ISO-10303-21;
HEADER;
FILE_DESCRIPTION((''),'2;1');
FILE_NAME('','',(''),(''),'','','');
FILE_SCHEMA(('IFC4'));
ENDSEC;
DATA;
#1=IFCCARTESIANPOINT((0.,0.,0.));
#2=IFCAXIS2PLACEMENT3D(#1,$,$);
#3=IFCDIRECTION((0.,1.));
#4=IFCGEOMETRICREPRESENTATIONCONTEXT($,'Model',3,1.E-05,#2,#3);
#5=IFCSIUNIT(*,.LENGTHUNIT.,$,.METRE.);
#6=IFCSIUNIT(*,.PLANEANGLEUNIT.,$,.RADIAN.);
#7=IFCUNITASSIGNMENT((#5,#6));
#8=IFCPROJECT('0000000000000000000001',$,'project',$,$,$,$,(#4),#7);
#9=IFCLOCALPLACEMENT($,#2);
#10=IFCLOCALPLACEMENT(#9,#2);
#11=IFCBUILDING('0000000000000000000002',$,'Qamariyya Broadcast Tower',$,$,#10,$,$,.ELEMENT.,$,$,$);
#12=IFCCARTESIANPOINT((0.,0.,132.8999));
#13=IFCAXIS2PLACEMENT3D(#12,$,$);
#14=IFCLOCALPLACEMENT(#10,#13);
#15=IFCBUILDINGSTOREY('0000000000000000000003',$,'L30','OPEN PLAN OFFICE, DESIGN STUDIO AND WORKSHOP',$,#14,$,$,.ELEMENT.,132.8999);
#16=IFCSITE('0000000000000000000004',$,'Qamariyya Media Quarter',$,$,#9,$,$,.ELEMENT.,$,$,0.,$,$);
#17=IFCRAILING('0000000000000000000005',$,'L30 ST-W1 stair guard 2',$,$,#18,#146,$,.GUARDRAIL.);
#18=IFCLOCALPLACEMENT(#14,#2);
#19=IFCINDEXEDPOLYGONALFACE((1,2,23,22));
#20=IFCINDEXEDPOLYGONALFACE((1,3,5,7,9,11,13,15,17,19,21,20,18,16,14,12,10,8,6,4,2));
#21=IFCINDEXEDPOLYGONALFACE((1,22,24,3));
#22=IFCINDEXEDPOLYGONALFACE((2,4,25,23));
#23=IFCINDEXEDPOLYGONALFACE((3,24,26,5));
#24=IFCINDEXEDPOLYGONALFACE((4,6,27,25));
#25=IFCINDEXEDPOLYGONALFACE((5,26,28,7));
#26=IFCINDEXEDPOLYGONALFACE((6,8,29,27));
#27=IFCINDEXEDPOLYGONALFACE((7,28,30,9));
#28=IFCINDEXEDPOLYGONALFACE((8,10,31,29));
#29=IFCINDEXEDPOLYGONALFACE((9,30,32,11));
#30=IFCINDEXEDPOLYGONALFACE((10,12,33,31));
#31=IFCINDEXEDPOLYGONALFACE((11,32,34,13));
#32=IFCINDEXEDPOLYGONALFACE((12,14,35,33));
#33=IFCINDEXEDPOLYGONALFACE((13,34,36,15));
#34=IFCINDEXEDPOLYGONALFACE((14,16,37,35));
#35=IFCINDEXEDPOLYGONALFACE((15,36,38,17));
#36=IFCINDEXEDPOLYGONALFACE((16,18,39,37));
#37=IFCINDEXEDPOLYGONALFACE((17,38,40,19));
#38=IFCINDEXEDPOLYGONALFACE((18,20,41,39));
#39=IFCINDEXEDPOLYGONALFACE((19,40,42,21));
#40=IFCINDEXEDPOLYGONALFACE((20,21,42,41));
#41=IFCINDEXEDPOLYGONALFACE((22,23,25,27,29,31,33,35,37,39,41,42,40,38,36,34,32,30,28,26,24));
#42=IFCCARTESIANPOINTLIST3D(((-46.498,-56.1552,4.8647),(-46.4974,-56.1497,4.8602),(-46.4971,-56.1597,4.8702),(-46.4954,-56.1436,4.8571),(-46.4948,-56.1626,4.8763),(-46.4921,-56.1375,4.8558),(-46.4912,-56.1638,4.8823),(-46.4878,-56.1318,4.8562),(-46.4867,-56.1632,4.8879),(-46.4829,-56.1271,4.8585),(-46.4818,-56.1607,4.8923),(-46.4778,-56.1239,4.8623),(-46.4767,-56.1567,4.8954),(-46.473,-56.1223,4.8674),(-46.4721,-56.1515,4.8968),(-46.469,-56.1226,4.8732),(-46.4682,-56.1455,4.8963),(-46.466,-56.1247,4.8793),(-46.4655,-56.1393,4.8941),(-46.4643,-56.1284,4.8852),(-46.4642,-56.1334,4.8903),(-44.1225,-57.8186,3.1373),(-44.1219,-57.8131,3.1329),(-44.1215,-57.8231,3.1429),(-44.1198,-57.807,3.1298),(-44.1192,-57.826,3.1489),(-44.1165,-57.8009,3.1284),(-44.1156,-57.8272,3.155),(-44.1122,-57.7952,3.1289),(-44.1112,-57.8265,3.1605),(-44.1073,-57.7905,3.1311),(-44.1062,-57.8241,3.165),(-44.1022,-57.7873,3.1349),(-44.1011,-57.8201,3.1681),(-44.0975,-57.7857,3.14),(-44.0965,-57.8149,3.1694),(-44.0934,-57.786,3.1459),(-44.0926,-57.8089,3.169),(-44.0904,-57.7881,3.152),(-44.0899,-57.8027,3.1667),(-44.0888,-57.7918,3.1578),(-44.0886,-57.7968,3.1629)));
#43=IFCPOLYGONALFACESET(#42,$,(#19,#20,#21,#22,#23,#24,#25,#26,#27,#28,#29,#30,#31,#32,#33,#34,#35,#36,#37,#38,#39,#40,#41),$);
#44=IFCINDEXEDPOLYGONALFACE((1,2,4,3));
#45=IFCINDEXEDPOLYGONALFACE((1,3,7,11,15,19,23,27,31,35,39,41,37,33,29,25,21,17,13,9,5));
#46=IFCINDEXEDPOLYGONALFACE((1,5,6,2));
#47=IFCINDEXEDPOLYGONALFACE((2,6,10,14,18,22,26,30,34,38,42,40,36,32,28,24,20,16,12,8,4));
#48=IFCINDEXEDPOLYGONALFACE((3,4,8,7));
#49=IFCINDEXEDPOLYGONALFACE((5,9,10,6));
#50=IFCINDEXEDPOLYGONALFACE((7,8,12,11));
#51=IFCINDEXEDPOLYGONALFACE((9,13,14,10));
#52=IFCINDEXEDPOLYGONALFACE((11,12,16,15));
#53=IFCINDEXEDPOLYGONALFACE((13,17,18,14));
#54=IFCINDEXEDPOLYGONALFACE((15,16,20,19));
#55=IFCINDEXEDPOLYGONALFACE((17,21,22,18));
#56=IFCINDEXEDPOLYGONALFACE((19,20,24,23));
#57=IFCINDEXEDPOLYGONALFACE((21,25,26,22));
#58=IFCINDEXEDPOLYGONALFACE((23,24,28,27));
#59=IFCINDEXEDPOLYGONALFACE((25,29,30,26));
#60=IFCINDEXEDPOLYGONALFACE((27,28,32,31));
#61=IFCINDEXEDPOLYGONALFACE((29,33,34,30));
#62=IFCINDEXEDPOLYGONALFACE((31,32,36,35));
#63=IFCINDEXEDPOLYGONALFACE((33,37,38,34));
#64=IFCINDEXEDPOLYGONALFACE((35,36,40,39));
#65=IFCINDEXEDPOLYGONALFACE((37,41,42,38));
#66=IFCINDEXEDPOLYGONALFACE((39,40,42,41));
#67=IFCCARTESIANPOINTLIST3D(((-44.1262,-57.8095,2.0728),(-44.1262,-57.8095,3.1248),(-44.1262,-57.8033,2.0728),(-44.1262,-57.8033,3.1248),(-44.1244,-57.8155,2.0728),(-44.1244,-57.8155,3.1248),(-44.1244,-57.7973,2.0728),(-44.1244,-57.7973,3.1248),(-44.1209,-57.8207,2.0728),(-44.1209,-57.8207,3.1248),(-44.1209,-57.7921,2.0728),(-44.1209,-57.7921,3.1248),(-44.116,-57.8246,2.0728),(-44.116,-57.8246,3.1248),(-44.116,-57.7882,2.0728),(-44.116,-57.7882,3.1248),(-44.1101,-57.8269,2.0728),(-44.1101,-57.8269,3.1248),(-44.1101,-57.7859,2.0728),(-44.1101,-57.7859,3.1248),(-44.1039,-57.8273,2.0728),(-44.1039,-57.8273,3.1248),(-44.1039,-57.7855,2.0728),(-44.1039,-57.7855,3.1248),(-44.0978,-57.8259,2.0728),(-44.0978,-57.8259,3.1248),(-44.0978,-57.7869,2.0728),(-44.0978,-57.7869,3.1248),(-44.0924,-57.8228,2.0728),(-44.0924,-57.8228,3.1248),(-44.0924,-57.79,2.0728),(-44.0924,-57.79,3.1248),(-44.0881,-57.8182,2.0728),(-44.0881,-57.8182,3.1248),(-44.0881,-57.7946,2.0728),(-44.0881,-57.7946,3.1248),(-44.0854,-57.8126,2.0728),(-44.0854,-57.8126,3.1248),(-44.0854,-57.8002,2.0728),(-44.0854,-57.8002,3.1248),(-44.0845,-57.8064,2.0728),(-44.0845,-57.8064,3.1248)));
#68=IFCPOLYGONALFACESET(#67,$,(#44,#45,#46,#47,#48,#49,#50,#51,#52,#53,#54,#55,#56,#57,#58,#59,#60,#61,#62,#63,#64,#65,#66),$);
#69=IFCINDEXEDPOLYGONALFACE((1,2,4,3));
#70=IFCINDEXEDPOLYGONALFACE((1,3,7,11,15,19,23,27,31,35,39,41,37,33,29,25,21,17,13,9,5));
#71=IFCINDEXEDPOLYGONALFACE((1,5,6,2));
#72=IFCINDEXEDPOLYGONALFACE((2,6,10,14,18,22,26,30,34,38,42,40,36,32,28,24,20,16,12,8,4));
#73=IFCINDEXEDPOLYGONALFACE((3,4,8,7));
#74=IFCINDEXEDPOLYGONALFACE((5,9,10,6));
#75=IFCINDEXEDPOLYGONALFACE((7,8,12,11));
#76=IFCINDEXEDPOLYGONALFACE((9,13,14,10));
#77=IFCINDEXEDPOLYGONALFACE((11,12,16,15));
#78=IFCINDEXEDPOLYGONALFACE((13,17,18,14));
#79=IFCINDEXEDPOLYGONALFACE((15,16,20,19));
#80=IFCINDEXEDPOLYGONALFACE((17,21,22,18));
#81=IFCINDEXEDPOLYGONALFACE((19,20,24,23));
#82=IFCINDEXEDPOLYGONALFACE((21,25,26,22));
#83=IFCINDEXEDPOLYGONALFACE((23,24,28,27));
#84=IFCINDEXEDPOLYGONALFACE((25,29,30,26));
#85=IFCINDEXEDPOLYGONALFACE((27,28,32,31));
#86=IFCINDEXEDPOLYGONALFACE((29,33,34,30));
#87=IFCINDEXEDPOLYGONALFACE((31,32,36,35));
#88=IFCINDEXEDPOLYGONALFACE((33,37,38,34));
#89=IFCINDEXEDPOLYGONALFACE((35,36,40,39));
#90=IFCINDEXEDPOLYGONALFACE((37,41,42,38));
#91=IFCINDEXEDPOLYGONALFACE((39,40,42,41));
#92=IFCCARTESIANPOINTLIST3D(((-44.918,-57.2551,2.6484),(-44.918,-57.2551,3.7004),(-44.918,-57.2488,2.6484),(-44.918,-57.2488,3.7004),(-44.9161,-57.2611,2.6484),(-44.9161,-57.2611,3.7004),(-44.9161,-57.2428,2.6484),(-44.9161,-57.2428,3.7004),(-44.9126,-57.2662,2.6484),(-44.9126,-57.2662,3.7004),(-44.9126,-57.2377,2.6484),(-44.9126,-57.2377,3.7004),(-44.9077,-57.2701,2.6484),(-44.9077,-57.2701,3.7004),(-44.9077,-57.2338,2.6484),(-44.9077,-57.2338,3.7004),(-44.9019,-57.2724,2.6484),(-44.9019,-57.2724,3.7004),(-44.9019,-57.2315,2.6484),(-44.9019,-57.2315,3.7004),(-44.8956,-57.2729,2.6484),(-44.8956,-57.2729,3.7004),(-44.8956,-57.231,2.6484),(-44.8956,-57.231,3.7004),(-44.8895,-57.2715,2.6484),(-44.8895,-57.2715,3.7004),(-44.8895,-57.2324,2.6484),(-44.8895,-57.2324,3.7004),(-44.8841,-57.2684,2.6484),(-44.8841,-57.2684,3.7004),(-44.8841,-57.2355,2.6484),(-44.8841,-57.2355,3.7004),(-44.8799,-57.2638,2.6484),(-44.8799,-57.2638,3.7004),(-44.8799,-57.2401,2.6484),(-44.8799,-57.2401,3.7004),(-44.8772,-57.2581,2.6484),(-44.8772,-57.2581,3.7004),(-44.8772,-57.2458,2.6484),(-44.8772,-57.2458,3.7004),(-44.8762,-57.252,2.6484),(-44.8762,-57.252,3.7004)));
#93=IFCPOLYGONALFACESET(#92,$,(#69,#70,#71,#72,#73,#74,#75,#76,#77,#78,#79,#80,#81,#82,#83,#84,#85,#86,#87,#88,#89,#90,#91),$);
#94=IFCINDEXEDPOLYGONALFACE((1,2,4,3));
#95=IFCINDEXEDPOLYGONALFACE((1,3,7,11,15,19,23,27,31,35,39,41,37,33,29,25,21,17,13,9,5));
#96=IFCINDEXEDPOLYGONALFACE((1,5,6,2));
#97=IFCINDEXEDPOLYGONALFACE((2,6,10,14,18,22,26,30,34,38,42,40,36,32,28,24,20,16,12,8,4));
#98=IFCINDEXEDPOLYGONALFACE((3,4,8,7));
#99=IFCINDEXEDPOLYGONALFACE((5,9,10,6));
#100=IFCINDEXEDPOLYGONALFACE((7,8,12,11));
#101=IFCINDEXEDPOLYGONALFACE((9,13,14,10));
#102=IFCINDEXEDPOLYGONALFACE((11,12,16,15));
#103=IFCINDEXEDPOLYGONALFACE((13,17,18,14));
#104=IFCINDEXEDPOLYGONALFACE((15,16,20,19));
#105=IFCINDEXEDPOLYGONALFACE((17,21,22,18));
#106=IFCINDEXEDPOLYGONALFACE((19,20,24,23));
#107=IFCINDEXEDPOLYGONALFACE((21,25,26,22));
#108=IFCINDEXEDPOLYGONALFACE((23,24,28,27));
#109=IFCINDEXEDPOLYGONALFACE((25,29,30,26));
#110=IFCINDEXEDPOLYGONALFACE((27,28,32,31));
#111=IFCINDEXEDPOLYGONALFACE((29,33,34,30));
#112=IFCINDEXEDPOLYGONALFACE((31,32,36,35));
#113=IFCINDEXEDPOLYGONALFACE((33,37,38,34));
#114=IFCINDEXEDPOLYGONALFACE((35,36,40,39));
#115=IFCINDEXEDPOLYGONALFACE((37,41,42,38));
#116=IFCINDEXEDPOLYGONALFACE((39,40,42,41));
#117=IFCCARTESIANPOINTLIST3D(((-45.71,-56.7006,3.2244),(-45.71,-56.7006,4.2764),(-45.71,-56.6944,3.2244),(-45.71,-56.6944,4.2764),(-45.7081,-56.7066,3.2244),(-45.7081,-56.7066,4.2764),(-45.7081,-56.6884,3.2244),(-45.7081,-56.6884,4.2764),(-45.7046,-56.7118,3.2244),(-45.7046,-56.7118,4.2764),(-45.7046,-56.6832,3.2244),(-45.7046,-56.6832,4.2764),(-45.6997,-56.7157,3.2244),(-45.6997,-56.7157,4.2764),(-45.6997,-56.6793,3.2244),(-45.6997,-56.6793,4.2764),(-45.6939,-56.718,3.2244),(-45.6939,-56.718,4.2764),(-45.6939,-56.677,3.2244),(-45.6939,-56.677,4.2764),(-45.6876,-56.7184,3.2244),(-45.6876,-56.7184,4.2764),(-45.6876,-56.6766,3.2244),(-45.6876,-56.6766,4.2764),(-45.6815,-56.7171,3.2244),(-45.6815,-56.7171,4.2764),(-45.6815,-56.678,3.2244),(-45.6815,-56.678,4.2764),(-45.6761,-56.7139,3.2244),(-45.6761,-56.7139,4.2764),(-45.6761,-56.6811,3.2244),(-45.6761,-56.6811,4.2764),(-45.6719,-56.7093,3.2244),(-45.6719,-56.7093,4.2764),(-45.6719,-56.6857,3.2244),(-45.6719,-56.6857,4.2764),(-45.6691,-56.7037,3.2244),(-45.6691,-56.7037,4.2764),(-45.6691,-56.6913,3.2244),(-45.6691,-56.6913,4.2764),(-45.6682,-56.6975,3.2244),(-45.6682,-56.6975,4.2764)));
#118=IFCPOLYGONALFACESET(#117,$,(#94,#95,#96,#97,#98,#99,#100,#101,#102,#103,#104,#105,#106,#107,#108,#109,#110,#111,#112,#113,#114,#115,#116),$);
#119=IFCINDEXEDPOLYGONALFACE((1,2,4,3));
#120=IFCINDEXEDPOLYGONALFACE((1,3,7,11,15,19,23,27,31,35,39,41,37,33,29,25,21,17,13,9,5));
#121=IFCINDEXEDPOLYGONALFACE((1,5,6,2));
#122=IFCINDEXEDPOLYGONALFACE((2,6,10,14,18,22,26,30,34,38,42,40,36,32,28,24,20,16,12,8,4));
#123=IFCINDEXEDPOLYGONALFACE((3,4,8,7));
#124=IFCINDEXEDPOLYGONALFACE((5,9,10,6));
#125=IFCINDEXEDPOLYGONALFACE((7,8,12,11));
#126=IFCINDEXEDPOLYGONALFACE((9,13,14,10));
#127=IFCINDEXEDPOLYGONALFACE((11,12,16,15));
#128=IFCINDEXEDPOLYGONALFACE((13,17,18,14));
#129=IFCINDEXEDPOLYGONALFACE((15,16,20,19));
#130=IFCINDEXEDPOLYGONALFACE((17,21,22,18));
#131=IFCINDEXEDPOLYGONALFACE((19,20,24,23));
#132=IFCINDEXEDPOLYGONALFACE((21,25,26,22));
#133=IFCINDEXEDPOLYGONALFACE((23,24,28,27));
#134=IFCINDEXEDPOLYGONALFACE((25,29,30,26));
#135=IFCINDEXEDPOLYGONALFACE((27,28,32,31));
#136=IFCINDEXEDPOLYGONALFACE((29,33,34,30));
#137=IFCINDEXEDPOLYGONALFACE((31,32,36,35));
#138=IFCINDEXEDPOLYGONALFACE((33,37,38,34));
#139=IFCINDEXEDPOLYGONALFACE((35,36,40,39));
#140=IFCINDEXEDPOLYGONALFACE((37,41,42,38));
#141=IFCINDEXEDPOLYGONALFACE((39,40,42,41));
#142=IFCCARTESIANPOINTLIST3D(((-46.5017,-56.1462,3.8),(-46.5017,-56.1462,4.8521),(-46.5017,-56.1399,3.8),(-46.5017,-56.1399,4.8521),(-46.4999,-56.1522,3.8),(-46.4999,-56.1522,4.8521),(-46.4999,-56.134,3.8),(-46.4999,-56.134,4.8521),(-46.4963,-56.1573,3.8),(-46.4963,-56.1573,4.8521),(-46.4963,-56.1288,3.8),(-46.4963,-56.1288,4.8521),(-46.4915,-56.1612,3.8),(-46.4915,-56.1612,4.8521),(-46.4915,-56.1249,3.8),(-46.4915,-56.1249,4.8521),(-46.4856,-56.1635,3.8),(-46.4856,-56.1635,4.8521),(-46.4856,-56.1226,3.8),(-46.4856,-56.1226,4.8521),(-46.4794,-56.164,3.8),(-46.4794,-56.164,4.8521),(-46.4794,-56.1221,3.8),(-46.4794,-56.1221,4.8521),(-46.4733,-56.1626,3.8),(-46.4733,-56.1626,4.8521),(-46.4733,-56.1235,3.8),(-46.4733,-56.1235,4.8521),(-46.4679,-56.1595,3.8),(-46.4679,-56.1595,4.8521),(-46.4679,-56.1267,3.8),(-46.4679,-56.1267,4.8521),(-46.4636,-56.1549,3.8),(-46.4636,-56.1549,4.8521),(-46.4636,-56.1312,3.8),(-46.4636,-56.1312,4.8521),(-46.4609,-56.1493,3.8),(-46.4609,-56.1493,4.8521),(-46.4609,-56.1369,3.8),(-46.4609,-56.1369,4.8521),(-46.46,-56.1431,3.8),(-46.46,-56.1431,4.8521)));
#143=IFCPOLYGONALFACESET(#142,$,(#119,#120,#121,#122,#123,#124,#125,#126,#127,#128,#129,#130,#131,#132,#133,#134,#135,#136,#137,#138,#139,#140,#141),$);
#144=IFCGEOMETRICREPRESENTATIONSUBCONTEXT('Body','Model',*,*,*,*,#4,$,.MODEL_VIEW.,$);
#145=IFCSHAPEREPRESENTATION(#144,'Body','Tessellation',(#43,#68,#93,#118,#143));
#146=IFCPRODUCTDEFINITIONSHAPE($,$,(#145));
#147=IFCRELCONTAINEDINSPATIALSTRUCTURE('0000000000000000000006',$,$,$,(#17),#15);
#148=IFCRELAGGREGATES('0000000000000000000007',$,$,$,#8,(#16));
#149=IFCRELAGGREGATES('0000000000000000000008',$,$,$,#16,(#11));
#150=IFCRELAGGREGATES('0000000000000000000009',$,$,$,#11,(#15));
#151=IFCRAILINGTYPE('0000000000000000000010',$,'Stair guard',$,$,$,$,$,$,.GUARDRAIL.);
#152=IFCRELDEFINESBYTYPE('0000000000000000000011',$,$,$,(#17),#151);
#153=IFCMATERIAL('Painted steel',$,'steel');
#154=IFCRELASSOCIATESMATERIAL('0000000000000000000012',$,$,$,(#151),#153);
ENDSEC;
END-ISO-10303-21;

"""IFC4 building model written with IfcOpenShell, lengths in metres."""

from ifc_helpers import new_model, si_unit, direction, frame, origin, origin_2d, place, context, subcontext, project, spatial, circle, extrude, material, type_object, element, save


model = new_model("IFC4")

# Units and contexts
model_context = context("Model", 3, precision=1e-05, world=origin(), true_north=direction((0.0, 1.0)))
body_context = subcontext(model_context, "Body", "Model", "MODEL_VIEW")
ifc_project = project(units=[si_unit("LENGTHUNIT", "METRE"), si_unit("PLANEANGLEUNIT", "RADIAN")], contexts=[model_context])

# Site, building, storey
site_placement = place(None, origin())
site = spatial("IfcSite", under=ifc_project, at=site_placement, Name="Qamariyya Media Quarter", CompositionType="ELEMENT", RefElevation=0.0)
building_placement = place(site_placement, origin())
building = spatial("IfcBuilding", under=site, at=building_placement, Name="Qamariyya Broadcast Tower", CompositionType="ELEMENT")
storey_placement = place(building_placement, frame((0.0, 0.0, 132.8999)))
storey = spatial("IfcBuildingStorey", under=building, at=storey_placement, Name="L30", Description="OPEN PLAN OFFICE, DESIGN STUDIO AND WORKSHOP", CompositionType="ELEMENT", Elevation=132.8999)

# Railing
ifc_material_1 = material(Name="Painted steel", Category="steel")
railing_type_1 = type_object("IfcRailingType", Name="Stair guard", PredefinedType="GUARDRAIL", material=ifc_material_1)
railing_1_placement = place(storey_placement, frame((-44.1055, -57.8064, 2.0728)))
element("IfcRailing", 1, at=railing_1_placement, inside=storey, type_object=railing_type_1, Name="L30 ST-W1 stair guard 2", PredefinedType="GUARDRAIL", context=body_context, shape_type="SweptSolid", body=[
    extrude(circle(Radius=0.0239, at=origin_2d()), frame((0.0, 0.0, 1.0762), z_axis=(-0.70377, 0.492784, 0.511734), x_axis=(-0.573575, -0.819153, 0.0)), (0.0, 0.0, 1.0), 3.3755),
    extrude(circle(Radius=0.021, at=origin_2d()), origin(), (0.0, 0.0, 1.0), 1.052),
    extrude(circle(Radius=0.021, at=origin_2d()), frame((-0.7917, 0.5544, 0.5757)), (0.0, 0.0, 1.0), 1.052),
    extrude(circle(Radius=0.021, at=origin_2d()), frame((-1.5837, 1.1089, 1.1516)), (0.0, 0.0, 1.0), 1.052),
    extrude(circle(Radius=0.021, at=origin_2d()), frame((-2.3755, 1.6633, 1.7273)), (0.0, 0.0, 1.0), 1.052),
])

save(model, "model.ifc")
